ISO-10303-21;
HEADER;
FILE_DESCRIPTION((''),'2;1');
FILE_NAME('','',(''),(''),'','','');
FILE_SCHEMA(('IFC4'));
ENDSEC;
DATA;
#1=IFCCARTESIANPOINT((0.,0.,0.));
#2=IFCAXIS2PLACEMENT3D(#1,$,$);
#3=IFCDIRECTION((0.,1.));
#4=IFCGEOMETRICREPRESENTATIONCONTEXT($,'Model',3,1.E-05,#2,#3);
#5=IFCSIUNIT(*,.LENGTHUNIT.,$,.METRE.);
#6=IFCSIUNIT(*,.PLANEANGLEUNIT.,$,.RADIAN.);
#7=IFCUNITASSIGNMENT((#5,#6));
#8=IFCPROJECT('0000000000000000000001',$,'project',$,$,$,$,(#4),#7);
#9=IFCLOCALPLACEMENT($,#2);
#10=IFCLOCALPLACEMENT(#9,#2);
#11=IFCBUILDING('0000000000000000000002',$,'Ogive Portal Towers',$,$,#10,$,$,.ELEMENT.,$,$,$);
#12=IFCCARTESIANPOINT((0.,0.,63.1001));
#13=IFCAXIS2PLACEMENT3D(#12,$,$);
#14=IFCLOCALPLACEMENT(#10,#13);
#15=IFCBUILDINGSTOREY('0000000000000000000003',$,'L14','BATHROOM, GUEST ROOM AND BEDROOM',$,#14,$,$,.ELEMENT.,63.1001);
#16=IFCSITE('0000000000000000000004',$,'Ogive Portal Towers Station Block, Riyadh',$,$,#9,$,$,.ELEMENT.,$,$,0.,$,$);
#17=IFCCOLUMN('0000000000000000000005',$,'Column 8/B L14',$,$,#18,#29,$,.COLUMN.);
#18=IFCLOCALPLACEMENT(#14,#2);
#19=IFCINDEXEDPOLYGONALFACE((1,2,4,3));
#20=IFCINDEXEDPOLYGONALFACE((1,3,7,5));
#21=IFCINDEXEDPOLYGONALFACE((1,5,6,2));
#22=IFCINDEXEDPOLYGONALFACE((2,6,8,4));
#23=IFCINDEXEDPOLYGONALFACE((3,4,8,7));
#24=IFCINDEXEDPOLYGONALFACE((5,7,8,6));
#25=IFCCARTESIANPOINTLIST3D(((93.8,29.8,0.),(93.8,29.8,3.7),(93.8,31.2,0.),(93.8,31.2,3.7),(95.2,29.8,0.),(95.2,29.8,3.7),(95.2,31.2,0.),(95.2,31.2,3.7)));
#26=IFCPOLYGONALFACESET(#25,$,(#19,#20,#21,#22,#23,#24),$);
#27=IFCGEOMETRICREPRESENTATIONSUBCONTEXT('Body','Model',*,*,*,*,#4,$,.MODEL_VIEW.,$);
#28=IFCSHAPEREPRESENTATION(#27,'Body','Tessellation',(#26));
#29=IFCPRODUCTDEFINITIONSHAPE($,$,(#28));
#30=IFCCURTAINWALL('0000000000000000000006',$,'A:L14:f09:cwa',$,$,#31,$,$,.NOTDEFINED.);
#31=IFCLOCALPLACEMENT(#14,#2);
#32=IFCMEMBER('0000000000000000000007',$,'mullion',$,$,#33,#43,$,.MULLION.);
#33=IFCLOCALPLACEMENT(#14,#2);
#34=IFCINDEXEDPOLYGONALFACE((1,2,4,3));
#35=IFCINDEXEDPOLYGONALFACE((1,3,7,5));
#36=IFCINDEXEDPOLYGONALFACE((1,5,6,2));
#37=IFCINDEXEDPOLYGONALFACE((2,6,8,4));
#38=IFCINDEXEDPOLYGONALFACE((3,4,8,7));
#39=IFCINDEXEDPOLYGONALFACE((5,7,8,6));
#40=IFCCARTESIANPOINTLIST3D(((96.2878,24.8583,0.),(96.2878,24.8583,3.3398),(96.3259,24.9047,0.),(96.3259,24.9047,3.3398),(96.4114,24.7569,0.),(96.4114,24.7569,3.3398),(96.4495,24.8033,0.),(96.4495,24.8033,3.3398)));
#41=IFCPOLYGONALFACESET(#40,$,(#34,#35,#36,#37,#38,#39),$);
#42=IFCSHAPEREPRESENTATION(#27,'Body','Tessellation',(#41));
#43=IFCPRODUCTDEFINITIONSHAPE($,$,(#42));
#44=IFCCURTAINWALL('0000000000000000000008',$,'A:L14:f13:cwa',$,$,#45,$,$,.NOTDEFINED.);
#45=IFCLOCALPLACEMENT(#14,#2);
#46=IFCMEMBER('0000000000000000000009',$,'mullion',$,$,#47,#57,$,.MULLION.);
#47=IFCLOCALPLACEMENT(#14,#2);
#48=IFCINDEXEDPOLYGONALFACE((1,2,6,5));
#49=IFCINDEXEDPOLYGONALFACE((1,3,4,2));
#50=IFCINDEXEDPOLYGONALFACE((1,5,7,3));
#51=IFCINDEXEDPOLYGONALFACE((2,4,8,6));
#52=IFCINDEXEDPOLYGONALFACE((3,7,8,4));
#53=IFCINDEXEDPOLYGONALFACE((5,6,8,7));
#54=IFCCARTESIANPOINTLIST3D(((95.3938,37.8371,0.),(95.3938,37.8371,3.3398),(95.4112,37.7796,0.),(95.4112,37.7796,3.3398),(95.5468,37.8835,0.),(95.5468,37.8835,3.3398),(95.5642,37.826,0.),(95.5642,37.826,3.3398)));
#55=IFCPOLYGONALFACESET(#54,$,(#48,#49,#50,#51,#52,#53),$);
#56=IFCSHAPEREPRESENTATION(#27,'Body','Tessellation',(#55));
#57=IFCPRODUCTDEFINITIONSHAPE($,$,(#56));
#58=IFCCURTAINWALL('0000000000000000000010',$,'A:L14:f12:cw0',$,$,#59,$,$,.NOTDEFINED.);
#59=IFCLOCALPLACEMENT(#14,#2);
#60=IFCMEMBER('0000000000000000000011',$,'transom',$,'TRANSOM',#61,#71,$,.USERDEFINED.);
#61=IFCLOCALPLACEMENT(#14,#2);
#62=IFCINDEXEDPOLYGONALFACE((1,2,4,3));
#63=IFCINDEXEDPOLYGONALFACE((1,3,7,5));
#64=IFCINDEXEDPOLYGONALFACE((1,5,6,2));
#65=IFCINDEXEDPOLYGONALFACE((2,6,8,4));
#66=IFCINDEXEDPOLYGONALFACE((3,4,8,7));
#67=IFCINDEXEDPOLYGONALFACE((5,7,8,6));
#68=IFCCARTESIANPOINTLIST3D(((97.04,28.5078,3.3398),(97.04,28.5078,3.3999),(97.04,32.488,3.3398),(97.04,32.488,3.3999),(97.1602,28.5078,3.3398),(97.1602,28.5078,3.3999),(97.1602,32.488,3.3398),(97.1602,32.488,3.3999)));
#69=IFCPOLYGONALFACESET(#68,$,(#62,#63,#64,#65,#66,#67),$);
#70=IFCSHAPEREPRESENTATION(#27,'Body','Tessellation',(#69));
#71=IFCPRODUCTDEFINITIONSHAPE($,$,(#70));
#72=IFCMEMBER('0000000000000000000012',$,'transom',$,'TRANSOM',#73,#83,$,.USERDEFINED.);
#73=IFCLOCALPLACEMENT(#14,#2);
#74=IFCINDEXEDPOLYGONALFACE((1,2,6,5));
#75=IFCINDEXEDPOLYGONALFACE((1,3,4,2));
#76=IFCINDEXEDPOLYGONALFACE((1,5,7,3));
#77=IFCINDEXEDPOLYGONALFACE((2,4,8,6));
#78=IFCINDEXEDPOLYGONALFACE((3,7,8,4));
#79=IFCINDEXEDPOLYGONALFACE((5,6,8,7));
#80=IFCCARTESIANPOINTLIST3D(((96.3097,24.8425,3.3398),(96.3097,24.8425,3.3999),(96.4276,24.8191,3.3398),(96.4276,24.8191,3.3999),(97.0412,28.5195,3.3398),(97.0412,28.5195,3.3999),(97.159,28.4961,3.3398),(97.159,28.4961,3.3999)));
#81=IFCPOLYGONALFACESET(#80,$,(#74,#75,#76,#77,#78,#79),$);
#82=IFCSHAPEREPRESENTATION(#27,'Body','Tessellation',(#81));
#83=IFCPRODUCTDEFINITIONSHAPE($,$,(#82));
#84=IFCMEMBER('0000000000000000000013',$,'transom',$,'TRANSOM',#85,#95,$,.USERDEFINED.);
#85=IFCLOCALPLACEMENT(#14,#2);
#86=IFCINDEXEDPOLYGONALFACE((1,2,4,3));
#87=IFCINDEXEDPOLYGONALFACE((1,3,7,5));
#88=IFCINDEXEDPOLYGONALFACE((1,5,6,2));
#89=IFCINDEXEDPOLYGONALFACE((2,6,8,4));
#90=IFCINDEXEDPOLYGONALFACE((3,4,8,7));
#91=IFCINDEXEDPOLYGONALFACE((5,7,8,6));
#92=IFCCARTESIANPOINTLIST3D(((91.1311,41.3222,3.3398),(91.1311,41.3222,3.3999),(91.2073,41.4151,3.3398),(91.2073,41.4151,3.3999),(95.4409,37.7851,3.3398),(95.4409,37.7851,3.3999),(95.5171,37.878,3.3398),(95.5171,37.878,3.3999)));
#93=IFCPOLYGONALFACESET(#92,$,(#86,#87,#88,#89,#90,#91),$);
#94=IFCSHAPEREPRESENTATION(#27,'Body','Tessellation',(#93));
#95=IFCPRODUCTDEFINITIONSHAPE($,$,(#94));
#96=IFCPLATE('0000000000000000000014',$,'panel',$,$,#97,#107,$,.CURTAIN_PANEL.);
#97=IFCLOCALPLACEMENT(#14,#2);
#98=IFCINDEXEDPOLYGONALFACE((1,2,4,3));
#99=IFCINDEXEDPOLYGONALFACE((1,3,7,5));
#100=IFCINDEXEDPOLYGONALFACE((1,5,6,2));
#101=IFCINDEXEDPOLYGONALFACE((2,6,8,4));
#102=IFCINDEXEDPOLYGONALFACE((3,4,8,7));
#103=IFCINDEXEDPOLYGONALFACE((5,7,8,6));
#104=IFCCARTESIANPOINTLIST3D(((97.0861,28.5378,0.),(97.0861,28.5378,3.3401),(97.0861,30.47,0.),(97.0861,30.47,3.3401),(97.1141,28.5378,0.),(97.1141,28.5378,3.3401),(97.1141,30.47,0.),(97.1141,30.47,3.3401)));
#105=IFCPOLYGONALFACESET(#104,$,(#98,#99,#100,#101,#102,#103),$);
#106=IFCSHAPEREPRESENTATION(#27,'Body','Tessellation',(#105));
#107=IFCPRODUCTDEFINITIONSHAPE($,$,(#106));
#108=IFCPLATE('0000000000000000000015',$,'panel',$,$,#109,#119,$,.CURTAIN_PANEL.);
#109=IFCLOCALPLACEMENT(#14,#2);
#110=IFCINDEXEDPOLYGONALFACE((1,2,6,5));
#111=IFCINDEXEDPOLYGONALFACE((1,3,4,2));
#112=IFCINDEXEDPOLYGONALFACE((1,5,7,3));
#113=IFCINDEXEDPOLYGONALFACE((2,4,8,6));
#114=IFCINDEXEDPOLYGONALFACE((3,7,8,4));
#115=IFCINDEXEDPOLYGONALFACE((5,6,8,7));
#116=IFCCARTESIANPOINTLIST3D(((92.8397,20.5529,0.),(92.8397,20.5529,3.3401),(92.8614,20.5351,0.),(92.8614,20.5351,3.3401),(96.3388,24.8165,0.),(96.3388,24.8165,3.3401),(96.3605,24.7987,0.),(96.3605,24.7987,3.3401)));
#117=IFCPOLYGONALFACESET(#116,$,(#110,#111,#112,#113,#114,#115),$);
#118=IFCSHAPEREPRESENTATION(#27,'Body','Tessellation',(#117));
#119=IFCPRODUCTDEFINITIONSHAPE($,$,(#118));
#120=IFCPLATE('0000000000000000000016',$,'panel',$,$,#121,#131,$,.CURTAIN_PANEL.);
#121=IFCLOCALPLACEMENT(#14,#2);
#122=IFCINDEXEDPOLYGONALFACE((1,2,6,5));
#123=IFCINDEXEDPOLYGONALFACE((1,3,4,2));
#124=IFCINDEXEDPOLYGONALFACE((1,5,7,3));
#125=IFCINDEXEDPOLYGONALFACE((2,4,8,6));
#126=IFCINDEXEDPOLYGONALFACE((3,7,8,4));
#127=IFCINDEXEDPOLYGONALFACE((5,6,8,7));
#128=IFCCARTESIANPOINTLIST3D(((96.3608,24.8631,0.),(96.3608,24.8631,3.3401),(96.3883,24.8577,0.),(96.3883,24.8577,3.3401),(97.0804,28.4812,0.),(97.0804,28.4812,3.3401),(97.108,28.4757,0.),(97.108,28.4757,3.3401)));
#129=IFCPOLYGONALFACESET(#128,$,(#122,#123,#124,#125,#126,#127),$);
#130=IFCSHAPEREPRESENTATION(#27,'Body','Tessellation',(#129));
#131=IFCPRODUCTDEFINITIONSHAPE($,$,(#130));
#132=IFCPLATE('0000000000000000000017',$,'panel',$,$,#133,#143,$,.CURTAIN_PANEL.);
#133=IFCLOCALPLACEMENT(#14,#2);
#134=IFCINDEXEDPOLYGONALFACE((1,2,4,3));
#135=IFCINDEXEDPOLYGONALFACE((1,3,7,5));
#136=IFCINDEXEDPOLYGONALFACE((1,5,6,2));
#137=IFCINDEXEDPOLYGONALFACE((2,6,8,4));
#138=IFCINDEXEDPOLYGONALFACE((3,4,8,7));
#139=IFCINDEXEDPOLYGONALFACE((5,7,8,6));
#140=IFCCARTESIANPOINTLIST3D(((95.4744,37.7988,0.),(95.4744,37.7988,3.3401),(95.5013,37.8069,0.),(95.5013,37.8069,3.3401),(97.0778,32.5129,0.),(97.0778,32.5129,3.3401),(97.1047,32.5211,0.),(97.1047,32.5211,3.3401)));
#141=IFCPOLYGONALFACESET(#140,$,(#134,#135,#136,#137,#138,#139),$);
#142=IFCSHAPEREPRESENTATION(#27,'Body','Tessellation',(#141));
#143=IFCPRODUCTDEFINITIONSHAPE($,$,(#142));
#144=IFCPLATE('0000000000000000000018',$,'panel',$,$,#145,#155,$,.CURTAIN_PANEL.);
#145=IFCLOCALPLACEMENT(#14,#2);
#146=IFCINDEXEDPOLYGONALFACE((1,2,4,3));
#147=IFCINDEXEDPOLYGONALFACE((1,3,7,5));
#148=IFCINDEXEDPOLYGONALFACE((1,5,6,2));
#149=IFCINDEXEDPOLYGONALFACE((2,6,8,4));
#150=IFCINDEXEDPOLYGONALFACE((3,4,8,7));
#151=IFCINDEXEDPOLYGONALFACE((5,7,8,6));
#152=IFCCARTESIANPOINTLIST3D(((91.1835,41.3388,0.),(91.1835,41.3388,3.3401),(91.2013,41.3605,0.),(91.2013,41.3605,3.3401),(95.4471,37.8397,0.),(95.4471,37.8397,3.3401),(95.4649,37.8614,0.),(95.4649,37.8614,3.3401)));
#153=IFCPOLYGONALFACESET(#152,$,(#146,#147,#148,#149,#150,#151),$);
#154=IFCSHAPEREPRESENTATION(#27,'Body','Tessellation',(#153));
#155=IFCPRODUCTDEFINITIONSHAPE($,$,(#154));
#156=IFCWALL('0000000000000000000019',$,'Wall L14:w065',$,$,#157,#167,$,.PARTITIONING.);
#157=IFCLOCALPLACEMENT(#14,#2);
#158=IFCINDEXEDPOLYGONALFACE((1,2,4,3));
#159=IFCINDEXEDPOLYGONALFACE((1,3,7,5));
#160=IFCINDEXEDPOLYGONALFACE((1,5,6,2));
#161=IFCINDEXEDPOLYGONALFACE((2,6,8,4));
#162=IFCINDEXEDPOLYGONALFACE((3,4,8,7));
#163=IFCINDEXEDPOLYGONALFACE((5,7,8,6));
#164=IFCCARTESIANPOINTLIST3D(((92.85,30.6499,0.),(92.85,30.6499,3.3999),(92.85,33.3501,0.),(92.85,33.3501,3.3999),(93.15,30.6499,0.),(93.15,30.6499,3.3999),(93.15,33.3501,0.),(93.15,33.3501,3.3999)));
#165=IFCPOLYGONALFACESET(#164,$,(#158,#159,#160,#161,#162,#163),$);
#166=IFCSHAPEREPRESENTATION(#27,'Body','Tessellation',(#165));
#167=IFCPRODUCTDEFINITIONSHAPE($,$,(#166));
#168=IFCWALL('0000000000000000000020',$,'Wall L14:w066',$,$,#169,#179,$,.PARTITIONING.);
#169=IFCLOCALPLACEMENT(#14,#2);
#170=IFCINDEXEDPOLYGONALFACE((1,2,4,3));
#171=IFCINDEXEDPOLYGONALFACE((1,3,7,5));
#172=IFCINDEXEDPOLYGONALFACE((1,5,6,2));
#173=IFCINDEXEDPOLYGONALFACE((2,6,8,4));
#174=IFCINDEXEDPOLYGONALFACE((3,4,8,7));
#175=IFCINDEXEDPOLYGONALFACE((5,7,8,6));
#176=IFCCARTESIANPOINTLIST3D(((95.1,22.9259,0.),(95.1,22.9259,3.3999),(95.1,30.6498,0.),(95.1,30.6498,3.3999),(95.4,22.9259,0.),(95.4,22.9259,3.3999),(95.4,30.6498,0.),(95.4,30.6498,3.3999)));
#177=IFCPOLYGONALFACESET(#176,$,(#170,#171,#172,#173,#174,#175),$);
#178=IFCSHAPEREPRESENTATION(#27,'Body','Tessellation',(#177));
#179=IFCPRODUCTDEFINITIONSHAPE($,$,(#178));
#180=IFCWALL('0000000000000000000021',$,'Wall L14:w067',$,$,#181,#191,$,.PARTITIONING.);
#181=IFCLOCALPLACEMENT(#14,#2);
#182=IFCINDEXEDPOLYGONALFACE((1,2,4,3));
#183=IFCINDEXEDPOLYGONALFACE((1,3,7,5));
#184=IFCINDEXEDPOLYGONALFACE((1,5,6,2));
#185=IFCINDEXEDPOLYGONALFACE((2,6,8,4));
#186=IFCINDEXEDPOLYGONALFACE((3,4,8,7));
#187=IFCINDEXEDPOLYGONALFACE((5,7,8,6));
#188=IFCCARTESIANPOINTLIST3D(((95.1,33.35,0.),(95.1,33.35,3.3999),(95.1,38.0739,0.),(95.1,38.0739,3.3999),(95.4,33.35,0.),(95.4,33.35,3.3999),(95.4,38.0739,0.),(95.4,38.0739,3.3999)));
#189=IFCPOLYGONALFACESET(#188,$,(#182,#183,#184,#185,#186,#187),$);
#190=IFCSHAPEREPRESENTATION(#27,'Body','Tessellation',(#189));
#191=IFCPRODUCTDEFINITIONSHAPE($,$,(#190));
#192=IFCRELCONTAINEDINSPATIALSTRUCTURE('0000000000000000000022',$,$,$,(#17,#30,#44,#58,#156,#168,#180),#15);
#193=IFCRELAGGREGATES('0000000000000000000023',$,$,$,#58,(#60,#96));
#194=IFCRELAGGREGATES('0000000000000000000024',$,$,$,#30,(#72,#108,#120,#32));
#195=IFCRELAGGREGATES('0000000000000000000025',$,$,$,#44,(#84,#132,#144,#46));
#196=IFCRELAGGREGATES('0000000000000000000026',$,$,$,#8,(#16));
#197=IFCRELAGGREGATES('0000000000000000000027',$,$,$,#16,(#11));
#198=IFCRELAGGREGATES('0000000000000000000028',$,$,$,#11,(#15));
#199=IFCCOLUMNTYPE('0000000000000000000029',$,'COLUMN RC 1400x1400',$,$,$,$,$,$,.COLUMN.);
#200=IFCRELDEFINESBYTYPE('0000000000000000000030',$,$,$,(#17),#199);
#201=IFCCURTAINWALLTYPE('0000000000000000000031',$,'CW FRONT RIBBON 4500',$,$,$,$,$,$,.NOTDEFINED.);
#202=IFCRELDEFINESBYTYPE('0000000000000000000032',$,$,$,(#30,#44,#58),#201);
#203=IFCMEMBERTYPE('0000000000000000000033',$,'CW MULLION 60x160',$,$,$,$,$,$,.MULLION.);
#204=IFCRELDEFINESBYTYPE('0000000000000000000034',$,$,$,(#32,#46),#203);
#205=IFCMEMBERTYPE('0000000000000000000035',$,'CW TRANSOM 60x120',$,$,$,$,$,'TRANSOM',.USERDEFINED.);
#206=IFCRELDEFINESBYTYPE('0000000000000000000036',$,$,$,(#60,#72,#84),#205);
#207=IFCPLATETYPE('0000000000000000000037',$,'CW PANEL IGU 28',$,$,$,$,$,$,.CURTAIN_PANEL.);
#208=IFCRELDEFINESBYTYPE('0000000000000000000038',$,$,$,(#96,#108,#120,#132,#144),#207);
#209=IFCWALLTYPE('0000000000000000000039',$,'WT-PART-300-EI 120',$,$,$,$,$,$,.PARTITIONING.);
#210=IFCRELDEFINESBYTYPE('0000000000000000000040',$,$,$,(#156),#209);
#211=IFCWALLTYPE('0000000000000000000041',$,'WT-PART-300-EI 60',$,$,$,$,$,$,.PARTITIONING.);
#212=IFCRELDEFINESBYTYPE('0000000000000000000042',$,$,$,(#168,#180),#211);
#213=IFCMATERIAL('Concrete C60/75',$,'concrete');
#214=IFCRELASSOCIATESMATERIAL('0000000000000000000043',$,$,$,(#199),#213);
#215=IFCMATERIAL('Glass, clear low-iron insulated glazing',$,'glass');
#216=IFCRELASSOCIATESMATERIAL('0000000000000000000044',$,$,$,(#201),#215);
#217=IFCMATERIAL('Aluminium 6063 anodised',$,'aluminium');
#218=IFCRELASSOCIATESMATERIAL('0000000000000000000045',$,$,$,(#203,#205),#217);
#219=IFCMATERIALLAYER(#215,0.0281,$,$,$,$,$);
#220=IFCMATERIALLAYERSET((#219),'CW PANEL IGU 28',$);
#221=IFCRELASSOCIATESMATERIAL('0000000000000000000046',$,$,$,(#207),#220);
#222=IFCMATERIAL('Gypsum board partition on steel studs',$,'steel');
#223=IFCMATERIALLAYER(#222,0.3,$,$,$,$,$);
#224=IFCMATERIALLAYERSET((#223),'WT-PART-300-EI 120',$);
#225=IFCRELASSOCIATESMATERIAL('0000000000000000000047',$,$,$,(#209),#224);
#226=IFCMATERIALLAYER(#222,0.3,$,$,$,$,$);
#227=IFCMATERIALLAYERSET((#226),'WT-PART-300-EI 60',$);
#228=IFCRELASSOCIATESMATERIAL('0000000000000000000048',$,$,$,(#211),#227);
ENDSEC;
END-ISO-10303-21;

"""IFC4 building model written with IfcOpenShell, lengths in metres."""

from ifc_helpers import new_model, si_unit, direction, frame, frame_2d, origin, origin_2d, place, context, subcontext, project, spatial, rectangle, extrude, material, layer, layer_set, material_profile, profile_set, type_object, element, aggregate, save


model = new_model("IFC4")

# Units and contexts
model_context = context("Model", 3, precision=1e-05, world=origin(), true_north=direction((0.0, 1.0)))
body_context = subcontext(model_context, "Body", "Model", "MODEL_VIEW")
ifc_project = project(units=[si_unit("LENGTHUNIT", "METRE"), si_unit("PLANEANGLEUNIT", "RADIAN")], contexts=[model_context])

# Site, building, storey
site_placement = place(None, origin())
site = spatial("IfcSite", under=ifc_project, at=site_placement, Name="Ogive Portal Towers Station Block, Riyadh", CompositionType="ELEMENT", RefElevation=0.0)
building_placement = place(site_placement, origin())
building = spatial("IfcBuilding", under=site, at=building_placement, Name="Ogive Portal Towers", CompositionType="ELEMENT")
storey_placement = place(building_placement, frame((0.0, 0.0, 63.1001)))
storey = spatial("IfcBuildingStorey", under=building, at=storey_placement, Name="L14", Description="BATHROOM, GUEST ROOM AND BEDROOM", CompositionType="ELEMENT", Elevation=63.1001)

# Column
ifc_material_1 = material(Name="Concrete C60/75", Category="concrete")
ifc_material_profile_1 = material_profile(ifc_material_1, rectangle(XDim=1.3999, YDim=1.3999, at=origin_2d()), Name="RC 1400x1400")
ifc_profile_set_1 = profile_set([ifc_material_profile_1], Name="Concrete C60/75")
column_type = type_object("IfcColumnType", Name="COLUMN RC 1400x1400", PredefinedType="COLUMN", material=ifc_profile_set_1)
column_placement = place(storey_placement, frame((94.5, 30.5, 0.0), z_axis=(0.0, 0.0, 1.0), x_axis=(1.0, 0.0, 0.0)))
element("IfcColumn", 1, at=column_placement, inside=storey, type_object=column_type, Name="Column 8/B L14", PredefinedType="COLUMN", context=body_context, shape_type="SweptSolid", body=[
    extrude(rectangle(XDim=1.3999, YDim=1.3999, at=origin_2d()), origin(), (0.0, 0.0, 1.0), 3.7),
])

# Curtain walls, members
ifc_material_2 = material(Name="Glass, clear low-iron insulated glazing", Category="glass")
curtain_wall_type = type_object("IfcCurtainWallType", Name="CW FRONT RIBBON 4500", PredefinedType="NOTDEFINED", material=ifc_material_2)
curtain_wall_1_placement = place(storey_placement, origin())
curtain_wall_1 = element("IfcCurtainWall", 2, at=curtain_wall_1_placement, inside=storey, type_object=curtain_wall_type, Name="A:L14:f09:cwa", PredefinedType="NOTDEFINED")
ifc_material_3 = material(Name="Aluminium 6063 anodised", Category="aluminium")
ifc_material_profile_2 = material_profile(ifc_material_3, rectangle(XDim=0.1599, YDim=0.0601, at=origin_2d()), Name="AL 60x160")
ifc_profile_set_2 = profile_set([ifc_material_profile_2], Name="Aluminium 6063 anodised")
member_type_1 = type_object("IfcMemberType", Name="CW MULLION 60x160", PredefinedType="MULLION", material=ifc_profile_set_2)
member_1_placement = place(storey_placement, frame((96.3687, 24.8308, 0.0), z_axis=(0.0, 0.0, 1.0), x_axis=(-0.77301, 0.634393, 0.0)))
member_1 = element("IfcMember", 3, at=member_1_placement, type_object=member_type_1, Name="mullion", PredefinedType="MULLION", context=body_context, shape_type="SweptSolid", body=[
    extrude(rectangle(XDim=0.1599, YDim=0.0601, at=origin_2d()), origin(), (0.0, 0.0, 1.0), 3.3398),
])
curtain_wall_2_placement = place(storey_placement, origin())
curtain_wall_2 = element("IfcCurtainWall", 4, at=curtain_wall_2_placement, inside=storey, type_object=curtain_wall_type, Name="A:L14:f13:cwa", PredefinedType="NOTDEFINED")
member_2_placement = place(storey_placement, frame((95.479, 37.8315, 0.0), z_axis=(0.0, 0.0, 1.0), x_axis=(-0.95694, -0.290285, 0.0)))
member_2 = element("IfcMember", 5, at=member_2_placement, type_object=member_type_1, Name="mullion", PredefinedType="MULLION", context=body_context, shape_type="SweptSolid", body=[
    extrude(rectangle(XDim=0.1599, YDim=0.0601, at=origin_2d()), origin(), (0.0, 0.0, 1.0), 3.3398),
])
curtain_wall_3_placement = place(storey_placement, origin())
curtain_wall_3 = element("IfcCurtainWall", 6, at=curtain_wall_3_placement, inside=storey, type_object=curtain_wall_type, Name="A:L14:f12:cw0", PredefinedType="NOTDEFINED")
ifc_material_profile_3 = material_profile(ifc_material_3, rectangle(XDim=0.1201, YDim=0.0601, at=origin_2d()), Name="AL 120x60")
ifc_profile_set_3 = profile_set([ifc_material_profile_3], Name="Aluminium 6063 anodised")
member_type_2 = type_object("IfcMemberType", Name="CW TRANSOM 60x120", ElementType="TRANSOM", PredefinedType="USERDEFINED", material=ifc_profile_set_3)
member_3_placement = place(storey_placement, frame((97.1001, 28.5078, 3.3699), z_axis=(0.0, 1.0, 0.0), x_axis=(-1.0, 0.0, 0.0)))
member_3 = element("IfcMember", 7, at=member_3_placement, type_object=member_type_2, Name="transom", ObjectType="TRANSOM", PredefinedType="USERDEFINED", context=body_context, shape_type="SweptSolid", body=[
    extrude(rectangle(XDim=0.1201, YDim=0.0601, at=origin_2d()), origin(), (0.0, 0.0, 1.0), 3.9802),
])

# Members
member_4_placement = place(storey_placement, frame((96.3687, 24.8308, 3.3699), z_axis=(0.195102, 0.980783, 0.0), x_axis=(-0.980783, 0.195102, 0.0)))
member_4 = element("IfcMember", 8, at=member_4_placement, type_object=member_type_2, Name="transom", ObjectType="TRANSOM", PredefinedType="USERDEFINED", context=body_context, shape_type="SweptSolid", body=[
    extrude(rectangle(XDim=0.1201, YDim=0.0601, at=origin_2d()), origin(), (0.0, 0.0, 1.0), 3.749),
])
member_5_placement = place(storey_placement, frame((95.479, 37.8315, 3.3699), z_axis=(-0.772998, 0.634408, 0.0), x_axis=(-0.634408, -0.772998, 0.0)))
member_5 = element("IfcMember", 9, at=member_5_placement, type_object=member_type_2, Name="transom", ObjectType="TRANSOM", PredefinedType="USERDEFINED", context=body_context, shape_type="SweptSolid", body=[
    extrude(rectangle(XDim=0.1201, YDim=0.0601, at=origin_2d()), origin(), (0.0, 0.0, 1.0), 5.5754),
])

# Plates
ifc_layer_1 = layer(ifc_material_2, 0.0281)
ifc_layer_set_1 = layer_set([ifc_layer_1], Name="CW PANEL IGU 28")
plate_type = type_object("IfcPlateType", Name="CW PANEL IGU 28", PredefinedType="CURTAIN_PANEL", material=ifc_layer_set_1)
plate_1_placement = place(storey_placement, frame((97.1001, 29.5039, 0.0), z_axis=(0.0, 0.0, 1.0), x_axis=(0.0, 1.0, 0.0)))
plate_1 = element("IfcPlate", 10, at=plate_1_placement, type_object=plate_type, Name="panel", PredefinedType="CURTAIN_PANEL", context=body_context, shape_type="SweptSolid", body=[
    extrude(rectangle(XDim=1.9321, YDim=0.0281, at=origin_2d()), origin(), (0.0, 0.0, 1.0), 3.3401),
])
aggregate(curtain_wall_3, [member_3, plate_1])
plate_2_placement = place(storey_placement, frame((94.6001, 22.6758, 0.0), z_axis=(0.0, 0.0, 1.0), x_axis=(0.634393, 0.77301, 0.0)))
plate_2 = element("IfcPlate", 11, at=plate_2_placement, type_object=plate_type, Name="panel", PredefinedType="CURTAIN_PANEL", context=body_context, shape_type="SweptSolid", body=[
    extrude(rectangle(XDim=5.5156, YDim=0.0281, at=origin_2d()), origin(), (0.0, 0.0, 1.0), 3.3401),
])
plate_3_placement = place(storey_placement, frame((96.7344, 26.6694, 0.0), z_axis=(0.0, 0.0, 1.0), x_axis=(0.19509, 0.980785, 0.0)))
plate_3 = element("IfcPlate", 12, at=plate_3_placement, type_object=plate_type, Name="panel", PredefinedType="CURTAIN_PANEL", context=body_context, shape_type="SweptSolid", body=[
    extrude(rectangle(XDim=3.689, YDim=0.0281, at=origin_2d()), origin(), (0.0, 0.0, 1.0), 3.3401),
])
aggregate(curtain_wall_1, [member_4, plate_2, plate_3, member_1])
plate_4_placement = place(storey_placement, frame((96.2896, 35.1599, 0.0), z_axis=(0.0, 0.0, 1.0), x_axis=(-0.290285, 0.95694, 0.0)))
plate_4 = element("IfcPlate", 13, at=plate_4_placement, type_object=plate_type, Name="panel", PredefinedType="CURTAIN_PANEL", context=body_context, shape_type="SweptSolid", body=[
    extrude(rectangle(XDim=5.5237, YDim=0.0281, at=origin_2d()), origin(), (0.0, 0.0, 1.0), 3.3401),
])
plate_5_placement = place(storey_placement, frame((93.3242, 39.6001, 0.0), z_axis=(0.0, 0.0, 1.0), x_axis=(-0.77301, 0.634393, 0.0)))
plate_5 = element("IfcPlate", 14, at=plate_5_placement, type_object=plate_type, Name="panel", PredefinedType="CURTAIN_PANEL", context=body_context, shape_type="SweptSolid", body=[
    extrude(rectangle(XDim=5.5156, YDim=0.0281, at=origin_2d()), origin(), (0.0, 0.0, 1.0), 3.3401),
])
aggregate(curtain_wall_2, [member_5, plate_4, plate_5, member_2])

# Walls
ifc_material_4 = material(Name="Gypsum board partition on steel studs", Category="steel")
ifc_layer_2 = layer(ifc_material_4, 0.3)
ifc_layer_set_2 = layer_set([ifc_layer_2], Name="WT-PART-300-EI 120")
wall_type_1 = type_object("IfcWallType", Name="WT-PART-300-EI 120", PredefinedType="PARTITIONING", material=ifc_layer_set_2)
wall_1_placement = place(storey_placement, frame((93.0, 30.6499, 0.0), z_axis=(0.0, 0.0, 1.0), x_axis=(0.0, 1.0, 0.0)))
element("IfcWall", 15, at=wall_1_placement, inside=storey, type_object=wall_type_1, Name="Wall L14:w065", PredefinedType="PARTITIONING", context=body_context, shape_type="SweptSolid", body=[
    extrude(rectangle(XDim=2.7002, YDim=0.3, at=frame_2d((1.3501, 0.0))), origin(), (0.0, 0.0, 1.0), 3.3999),
])
ifc_layer_3 = layer(ifc_material_4, 0.3)
ifc_layer_set_3 = layer_set([ifc_layer_3], Name="WT-PART-300-EI 60")
wall_type_2 = type_object("IfcWallType", Name="WT-PART-300-EI 60", PredefinedType="PARTITIONING", material=ifc_layer_set_3)
wall_2_placement = place(storey_placement, frame((95.25, 22.926, 0.0), z_axis=(0.0, 0.0, 1.0), x_axis=(0.0, 1.0, 0.0)))
element("IfcWall", 16, at=wall_2_placement, inside=storey, type_object=wall_type_2, Name="Wall L14:w066", PredefinedType="PARTITIONING", context=body_context, shape_type="SweptSolid", body=[
    extrude(rectangle(XDim=7.7239, YDim=0.3, at=frame_2d((3.8618, 0.0))), origin(), (0.0, 0.0, 1.0), 3.3999),
])
wall_3_placement = place(storey_placement, frame((95.25, 33.3501, 0.0), z_axis=(0.0, 0.0, 1.0), x_axis=(0.0, 1.0, 0.0)))
element("IfcWall", 17, at=wall_3_placement, inside=storey, type_object=wall_type_2, Name="Wall L14:w067", PredefinedType="PARTITIONING", context=body_context, shape_type="SweptSolid", body=[
    extrude(rectangle(XDim=4.7239, YDim=0.3, at=frame_2d((2.3618, 0.0))), origin(), (0.0, 0.0, 1.0), 3.3999),
])

save(model, "model.ifc")
